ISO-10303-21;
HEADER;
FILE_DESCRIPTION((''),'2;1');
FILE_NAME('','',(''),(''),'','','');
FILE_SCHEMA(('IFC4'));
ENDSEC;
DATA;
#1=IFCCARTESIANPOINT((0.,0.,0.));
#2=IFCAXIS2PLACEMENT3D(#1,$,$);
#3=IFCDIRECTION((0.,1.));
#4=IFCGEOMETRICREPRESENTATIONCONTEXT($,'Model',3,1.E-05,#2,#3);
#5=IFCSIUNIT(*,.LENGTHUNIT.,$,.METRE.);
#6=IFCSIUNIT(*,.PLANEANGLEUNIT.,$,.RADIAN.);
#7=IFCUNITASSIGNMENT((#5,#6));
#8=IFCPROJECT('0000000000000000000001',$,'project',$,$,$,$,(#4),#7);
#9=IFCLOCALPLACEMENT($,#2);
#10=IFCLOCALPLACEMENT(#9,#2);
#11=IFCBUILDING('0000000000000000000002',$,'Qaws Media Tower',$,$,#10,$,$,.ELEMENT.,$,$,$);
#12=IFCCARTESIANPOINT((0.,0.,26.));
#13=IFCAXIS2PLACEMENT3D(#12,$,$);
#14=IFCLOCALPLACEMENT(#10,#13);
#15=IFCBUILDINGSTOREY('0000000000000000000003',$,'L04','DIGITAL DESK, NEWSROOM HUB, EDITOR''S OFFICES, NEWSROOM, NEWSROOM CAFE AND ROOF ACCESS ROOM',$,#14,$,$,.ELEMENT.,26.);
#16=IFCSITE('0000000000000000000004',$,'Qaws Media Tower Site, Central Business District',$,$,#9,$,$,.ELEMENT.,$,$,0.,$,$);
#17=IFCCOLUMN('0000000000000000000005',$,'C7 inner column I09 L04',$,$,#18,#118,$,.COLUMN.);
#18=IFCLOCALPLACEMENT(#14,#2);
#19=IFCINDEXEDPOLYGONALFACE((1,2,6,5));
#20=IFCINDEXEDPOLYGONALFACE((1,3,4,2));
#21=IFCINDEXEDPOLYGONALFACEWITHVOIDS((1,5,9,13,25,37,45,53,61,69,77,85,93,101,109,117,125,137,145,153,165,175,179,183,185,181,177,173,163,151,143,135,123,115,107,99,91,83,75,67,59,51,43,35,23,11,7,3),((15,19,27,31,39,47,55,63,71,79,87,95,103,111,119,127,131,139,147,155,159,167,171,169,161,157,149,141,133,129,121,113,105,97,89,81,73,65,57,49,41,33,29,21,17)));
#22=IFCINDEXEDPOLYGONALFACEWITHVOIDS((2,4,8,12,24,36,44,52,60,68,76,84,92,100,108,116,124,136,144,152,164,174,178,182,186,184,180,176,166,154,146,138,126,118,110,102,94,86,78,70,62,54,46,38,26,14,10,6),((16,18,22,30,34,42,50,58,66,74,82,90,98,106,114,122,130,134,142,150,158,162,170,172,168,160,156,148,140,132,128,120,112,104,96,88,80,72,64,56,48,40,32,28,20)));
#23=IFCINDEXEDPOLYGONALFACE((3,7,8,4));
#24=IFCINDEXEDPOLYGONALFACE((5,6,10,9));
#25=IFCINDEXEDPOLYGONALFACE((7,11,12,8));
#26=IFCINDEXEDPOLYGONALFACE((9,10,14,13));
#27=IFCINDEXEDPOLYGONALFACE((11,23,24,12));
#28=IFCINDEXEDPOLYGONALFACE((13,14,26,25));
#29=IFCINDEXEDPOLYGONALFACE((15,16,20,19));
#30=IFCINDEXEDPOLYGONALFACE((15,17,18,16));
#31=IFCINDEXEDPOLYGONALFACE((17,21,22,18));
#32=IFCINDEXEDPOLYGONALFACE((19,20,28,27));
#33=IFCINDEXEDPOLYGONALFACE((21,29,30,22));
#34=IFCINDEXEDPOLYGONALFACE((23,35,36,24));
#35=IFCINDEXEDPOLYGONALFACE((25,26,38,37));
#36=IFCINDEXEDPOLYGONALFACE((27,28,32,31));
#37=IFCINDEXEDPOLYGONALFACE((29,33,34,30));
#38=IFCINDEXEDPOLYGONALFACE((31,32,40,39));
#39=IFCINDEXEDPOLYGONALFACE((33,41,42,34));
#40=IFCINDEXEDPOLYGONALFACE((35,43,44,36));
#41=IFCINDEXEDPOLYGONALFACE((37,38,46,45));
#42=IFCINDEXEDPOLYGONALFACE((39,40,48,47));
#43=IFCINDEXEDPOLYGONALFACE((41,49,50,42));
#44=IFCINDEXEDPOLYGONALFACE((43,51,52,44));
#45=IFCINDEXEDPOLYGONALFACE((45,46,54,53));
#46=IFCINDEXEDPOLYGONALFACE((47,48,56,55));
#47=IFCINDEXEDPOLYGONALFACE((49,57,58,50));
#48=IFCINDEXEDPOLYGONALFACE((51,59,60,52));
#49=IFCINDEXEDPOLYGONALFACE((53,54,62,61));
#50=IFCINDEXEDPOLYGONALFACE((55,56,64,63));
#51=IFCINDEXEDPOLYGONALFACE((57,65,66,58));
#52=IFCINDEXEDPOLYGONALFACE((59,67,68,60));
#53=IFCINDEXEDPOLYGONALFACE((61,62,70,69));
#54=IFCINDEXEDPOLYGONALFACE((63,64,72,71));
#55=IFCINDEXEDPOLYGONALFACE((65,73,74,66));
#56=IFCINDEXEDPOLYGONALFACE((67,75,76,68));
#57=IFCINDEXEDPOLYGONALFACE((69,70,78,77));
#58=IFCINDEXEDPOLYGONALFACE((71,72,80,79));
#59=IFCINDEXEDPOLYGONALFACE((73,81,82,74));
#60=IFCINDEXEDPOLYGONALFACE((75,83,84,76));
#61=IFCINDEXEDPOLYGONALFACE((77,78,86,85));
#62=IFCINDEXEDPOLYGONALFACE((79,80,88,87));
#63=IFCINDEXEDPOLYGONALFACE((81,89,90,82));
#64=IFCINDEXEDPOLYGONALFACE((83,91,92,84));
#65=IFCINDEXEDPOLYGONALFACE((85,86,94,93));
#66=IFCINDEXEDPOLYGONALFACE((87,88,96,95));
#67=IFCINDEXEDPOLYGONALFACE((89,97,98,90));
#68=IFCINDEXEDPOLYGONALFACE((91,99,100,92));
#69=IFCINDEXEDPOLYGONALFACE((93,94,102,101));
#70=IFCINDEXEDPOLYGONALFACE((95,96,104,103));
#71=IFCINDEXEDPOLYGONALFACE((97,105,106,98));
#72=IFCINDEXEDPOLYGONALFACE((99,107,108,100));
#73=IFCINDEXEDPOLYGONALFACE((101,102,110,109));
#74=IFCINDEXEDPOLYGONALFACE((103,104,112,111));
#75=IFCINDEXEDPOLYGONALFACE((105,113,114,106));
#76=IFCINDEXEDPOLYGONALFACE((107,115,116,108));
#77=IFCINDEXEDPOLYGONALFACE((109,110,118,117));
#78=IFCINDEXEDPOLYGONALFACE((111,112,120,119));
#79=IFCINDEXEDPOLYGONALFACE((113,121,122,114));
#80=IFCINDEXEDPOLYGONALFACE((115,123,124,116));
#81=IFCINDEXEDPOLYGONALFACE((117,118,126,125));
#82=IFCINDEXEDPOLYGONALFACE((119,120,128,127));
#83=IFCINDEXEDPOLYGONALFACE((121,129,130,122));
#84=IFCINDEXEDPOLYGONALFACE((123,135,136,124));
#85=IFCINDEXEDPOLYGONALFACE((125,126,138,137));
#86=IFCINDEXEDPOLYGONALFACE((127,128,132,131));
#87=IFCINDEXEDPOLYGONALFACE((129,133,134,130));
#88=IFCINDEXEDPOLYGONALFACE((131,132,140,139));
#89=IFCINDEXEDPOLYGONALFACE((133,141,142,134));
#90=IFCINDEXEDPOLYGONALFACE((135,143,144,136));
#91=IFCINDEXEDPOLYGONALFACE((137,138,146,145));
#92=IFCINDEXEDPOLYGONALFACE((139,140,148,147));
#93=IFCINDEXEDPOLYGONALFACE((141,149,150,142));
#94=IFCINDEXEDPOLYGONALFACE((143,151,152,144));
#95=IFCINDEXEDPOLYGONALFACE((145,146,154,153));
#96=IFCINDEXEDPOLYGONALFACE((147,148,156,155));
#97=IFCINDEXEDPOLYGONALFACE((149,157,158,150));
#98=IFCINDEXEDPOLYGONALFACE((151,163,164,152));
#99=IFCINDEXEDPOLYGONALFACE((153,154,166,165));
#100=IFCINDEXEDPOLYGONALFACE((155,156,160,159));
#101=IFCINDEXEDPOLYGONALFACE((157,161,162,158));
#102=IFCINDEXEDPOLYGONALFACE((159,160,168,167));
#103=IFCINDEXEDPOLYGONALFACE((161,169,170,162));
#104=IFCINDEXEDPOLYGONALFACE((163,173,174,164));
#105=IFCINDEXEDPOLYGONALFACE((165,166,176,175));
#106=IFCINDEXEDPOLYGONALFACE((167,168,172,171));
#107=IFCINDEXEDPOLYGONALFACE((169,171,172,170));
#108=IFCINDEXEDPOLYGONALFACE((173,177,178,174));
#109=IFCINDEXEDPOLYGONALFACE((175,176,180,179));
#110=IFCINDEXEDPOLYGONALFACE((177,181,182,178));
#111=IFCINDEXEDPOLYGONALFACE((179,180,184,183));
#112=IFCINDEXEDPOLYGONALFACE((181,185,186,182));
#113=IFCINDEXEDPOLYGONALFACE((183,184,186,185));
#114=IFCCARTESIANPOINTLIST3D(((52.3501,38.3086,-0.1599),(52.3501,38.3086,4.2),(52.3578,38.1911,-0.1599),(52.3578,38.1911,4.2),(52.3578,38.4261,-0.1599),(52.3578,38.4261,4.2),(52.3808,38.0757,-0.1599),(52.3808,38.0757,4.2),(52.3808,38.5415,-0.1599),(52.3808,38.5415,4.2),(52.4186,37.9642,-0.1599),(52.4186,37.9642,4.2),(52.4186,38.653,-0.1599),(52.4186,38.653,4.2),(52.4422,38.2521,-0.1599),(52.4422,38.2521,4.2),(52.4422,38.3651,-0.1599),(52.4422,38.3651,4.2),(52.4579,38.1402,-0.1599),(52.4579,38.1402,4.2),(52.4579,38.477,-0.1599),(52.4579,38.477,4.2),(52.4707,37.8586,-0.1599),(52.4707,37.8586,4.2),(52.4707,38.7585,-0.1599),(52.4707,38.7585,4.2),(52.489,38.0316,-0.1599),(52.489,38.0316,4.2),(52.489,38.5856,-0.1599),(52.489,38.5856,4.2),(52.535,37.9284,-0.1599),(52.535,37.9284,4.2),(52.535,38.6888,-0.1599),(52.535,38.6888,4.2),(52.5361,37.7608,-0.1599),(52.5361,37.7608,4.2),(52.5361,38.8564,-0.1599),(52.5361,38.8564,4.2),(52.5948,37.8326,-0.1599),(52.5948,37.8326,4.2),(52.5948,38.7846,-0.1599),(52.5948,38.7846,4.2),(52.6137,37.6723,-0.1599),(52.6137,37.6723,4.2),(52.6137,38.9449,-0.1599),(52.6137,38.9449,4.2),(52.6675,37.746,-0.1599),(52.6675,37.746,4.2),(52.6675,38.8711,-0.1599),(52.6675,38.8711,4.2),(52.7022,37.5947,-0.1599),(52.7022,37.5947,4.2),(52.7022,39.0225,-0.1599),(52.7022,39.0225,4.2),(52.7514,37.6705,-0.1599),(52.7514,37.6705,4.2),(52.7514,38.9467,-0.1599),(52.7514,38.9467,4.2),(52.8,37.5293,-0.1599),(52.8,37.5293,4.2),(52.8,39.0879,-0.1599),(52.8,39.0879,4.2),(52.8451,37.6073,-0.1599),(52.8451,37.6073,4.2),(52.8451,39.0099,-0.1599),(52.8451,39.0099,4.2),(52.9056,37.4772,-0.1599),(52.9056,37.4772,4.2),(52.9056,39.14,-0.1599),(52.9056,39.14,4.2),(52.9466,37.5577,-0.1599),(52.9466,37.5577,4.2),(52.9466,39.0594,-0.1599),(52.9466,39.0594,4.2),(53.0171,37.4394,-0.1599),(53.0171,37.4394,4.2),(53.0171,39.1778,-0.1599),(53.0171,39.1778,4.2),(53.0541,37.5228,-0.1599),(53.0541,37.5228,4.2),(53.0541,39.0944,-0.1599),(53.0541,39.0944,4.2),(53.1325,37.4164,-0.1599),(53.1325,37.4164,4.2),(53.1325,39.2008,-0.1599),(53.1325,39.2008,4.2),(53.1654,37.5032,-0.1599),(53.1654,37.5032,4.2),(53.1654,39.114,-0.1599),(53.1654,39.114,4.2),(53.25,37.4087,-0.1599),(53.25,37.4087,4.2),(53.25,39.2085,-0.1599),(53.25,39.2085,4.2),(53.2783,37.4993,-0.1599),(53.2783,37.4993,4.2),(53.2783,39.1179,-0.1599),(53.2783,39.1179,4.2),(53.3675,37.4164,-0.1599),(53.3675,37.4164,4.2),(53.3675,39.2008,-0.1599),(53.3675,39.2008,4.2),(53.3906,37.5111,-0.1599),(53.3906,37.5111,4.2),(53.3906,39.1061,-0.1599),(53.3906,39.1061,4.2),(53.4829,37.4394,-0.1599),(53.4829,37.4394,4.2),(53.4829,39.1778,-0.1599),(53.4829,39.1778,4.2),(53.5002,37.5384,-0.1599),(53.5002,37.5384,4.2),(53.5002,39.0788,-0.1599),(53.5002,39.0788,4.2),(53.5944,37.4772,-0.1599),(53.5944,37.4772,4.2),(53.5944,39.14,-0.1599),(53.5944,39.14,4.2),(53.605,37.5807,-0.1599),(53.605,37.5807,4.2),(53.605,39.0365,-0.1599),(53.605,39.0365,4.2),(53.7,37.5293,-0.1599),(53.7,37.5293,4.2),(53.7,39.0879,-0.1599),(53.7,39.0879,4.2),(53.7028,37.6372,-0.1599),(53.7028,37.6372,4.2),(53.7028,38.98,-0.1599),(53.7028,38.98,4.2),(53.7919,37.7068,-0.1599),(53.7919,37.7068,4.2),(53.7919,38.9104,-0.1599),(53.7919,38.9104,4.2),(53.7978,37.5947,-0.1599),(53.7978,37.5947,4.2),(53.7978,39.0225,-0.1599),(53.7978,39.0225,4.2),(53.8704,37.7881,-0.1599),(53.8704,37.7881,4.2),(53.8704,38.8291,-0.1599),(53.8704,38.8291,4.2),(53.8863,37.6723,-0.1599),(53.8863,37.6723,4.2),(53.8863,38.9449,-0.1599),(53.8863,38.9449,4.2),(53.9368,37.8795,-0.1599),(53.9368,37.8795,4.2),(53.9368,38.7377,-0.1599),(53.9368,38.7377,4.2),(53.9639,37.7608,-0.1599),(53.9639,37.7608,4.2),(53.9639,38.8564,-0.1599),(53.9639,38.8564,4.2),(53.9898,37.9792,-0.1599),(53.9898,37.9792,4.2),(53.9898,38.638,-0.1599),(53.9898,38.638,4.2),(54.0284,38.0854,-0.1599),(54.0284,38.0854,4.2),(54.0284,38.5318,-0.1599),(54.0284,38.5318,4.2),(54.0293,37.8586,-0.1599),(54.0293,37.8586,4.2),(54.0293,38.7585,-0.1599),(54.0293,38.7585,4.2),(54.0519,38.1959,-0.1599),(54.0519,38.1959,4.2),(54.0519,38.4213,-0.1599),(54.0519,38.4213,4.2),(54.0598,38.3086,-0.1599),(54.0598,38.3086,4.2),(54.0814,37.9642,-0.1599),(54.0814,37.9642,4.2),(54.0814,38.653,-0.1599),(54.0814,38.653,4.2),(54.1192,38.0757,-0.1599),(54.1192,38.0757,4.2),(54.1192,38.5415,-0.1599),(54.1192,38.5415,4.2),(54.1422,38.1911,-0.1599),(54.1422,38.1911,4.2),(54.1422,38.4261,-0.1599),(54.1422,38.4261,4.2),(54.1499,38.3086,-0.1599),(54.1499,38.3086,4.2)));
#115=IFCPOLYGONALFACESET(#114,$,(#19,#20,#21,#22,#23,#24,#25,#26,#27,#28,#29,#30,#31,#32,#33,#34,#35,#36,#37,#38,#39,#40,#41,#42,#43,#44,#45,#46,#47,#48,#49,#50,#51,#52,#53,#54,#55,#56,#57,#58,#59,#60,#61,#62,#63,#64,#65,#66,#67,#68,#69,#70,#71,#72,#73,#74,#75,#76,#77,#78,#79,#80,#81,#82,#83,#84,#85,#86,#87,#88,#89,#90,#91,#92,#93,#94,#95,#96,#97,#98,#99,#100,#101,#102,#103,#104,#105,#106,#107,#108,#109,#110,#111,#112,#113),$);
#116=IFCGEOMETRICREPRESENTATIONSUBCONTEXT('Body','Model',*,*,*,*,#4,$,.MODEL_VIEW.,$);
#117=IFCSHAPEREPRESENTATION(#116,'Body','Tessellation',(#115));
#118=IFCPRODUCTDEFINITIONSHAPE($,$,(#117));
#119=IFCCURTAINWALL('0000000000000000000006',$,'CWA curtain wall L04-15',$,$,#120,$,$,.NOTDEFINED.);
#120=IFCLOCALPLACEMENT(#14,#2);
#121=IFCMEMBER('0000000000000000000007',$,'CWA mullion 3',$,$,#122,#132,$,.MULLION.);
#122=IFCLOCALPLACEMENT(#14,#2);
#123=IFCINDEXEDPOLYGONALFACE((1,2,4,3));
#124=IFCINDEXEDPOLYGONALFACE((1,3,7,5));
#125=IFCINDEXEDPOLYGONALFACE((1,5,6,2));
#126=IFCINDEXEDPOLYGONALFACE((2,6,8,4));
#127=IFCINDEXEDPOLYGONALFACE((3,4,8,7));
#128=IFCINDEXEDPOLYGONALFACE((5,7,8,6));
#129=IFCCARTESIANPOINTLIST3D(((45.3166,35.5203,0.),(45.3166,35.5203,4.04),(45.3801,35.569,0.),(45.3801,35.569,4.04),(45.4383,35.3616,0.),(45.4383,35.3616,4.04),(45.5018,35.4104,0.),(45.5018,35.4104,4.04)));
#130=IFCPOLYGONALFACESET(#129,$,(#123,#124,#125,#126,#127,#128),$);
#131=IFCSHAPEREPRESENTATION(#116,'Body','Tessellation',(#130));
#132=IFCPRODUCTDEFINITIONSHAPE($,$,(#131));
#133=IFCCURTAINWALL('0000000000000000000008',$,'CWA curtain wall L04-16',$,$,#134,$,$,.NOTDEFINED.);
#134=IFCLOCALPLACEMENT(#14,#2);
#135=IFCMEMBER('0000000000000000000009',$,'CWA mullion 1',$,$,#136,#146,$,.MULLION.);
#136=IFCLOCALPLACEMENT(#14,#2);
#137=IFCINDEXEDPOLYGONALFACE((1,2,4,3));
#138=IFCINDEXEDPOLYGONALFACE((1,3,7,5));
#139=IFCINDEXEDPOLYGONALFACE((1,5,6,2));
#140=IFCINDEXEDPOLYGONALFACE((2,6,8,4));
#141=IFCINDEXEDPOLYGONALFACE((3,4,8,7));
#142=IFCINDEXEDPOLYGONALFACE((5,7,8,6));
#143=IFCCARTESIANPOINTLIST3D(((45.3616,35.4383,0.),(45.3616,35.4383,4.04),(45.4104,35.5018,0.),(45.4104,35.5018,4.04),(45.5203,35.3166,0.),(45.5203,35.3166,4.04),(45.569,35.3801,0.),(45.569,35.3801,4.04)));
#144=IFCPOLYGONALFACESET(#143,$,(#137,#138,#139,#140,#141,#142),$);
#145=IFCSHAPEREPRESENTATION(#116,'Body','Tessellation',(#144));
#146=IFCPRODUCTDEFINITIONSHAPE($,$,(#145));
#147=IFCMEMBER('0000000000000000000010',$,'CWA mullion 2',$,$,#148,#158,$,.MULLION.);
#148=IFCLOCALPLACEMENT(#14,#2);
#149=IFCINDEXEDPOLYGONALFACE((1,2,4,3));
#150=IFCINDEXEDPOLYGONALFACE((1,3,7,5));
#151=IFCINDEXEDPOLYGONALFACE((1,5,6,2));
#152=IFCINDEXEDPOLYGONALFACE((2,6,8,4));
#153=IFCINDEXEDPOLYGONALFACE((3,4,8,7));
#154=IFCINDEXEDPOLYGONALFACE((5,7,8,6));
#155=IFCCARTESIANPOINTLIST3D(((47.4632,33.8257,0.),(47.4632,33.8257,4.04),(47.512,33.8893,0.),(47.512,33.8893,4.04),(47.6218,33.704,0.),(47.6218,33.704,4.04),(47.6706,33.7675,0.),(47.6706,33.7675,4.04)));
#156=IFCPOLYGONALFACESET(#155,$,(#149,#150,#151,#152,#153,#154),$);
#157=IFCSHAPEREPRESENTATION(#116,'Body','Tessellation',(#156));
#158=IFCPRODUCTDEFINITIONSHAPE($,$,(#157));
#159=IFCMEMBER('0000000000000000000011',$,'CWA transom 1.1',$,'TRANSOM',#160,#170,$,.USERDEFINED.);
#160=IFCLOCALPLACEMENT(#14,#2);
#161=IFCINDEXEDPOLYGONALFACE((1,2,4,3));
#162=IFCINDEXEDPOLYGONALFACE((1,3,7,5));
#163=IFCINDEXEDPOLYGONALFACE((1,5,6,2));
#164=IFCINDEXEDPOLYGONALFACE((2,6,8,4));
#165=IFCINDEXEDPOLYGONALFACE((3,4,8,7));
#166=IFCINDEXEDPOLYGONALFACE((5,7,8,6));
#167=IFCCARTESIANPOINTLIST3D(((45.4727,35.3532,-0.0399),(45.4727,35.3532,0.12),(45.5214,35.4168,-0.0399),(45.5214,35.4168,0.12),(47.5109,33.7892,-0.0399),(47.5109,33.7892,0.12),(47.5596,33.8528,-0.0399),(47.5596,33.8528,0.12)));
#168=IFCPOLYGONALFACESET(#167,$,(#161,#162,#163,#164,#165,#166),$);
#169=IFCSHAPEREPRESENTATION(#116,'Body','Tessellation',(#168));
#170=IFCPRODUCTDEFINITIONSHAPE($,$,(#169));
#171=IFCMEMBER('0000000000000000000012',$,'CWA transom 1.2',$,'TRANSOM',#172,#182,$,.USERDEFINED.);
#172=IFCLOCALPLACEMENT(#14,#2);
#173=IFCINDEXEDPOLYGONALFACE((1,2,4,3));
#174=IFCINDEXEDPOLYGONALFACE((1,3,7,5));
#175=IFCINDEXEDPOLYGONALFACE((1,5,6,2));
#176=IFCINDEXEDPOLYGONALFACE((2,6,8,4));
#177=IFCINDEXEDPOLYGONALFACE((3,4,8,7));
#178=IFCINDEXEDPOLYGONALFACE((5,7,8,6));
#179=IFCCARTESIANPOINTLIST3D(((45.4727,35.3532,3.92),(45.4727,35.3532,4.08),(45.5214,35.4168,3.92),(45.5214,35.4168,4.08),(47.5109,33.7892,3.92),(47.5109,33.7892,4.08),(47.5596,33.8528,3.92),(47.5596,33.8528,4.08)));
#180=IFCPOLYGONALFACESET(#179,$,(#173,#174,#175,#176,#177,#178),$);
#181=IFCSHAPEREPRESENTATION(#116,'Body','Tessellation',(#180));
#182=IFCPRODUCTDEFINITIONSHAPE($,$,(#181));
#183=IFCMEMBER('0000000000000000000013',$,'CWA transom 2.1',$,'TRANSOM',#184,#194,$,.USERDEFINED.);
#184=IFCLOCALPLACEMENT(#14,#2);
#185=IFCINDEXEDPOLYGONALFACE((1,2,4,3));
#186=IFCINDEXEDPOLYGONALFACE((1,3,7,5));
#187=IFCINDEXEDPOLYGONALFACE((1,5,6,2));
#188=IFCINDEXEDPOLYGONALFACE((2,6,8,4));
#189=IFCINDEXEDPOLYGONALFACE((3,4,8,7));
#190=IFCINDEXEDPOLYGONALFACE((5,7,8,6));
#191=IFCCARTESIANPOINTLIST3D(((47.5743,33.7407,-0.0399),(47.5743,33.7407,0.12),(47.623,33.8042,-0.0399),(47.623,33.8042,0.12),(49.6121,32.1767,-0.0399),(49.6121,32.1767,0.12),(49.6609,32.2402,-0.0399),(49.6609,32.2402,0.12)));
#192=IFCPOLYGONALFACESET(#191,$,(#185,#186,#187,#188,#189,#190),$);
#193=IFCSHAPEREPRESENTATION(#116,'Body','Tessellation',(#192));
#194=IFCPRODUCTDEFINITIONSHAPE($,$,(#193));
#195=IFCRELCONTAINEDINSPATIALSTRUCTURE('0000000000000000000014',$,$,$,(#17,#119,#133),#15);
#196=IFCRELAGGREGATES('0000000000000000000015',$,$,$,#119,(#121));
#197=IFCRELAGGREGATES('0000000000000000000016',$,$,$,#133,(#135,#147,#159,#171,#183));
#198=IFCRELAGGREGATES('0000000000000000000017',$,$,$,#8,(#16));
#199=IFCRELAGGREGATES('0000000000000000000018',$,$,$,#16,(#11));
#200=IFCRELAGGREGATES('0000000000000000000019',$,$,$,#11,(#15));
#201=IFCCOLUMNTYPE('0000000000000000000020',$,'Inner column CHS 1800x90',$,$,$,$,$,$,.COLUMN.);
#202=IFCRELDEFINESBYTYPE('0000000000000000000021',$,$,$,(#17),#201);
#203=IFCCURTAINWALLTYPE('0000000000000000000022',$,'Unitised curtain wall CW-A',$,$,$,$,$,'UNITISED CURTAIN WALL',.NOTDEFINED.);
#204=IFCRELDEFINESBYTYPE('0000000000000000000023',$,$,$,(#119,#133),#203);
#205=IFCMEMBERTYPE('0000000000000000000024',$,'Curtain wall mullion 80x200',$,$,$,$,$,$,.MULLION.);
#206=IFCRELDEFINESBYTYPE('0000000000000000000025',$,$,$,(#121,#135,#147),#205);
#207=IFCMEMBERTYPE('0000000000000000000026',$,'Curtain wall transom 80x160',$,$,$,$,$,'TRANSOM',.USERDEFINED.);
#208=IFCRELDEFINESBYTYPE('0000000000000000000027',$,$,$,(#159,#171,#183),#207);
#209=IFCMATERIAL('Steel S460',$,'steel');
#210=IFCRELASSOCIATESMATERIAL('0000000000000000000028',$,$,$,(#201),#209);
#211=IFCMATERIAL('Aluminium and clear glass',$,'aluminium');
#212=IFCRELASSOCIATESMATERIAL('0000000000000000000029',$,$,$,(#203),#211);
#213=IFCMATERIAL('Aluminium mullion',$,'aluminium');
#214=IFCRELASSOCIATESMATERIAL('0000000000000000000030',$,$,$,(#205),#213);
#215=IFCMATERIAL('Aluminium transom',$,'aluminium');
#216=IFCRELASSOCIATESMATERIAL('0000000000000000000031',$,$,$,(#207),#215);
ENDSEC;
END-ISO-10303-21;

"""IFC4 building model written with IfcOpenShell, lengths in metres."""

from ifc_helpers import new_model, si_unit, direction, frame, origin, origin_2d, place, context, subcontext, project, spatial, rectangle, hollow_circle, extrude, material, material_profile, profile_set, type_object, element, aggregate, save


model = new_model("IFC4")

# Units and contexts
model_context = context("Model", 3, precision=1e-05, world=origin(), true_north=direction((0.0, 1.0)))
body_context = subcontext(model_context, "Body", "Model", "MODEL_VIEW")
ifc_project = project(units=[si_unit("LENGTHUNIT", "METRE"), si_unit("PLANEANGLEUNIT", "RADIAN")], contexts=[model_context])

# Site, building, storey
site_placement = place(None, origin())
site = spatial("IfcSite", under=ifc_project, at=site_placement, Name="Qaws Media Tower Site, Central Business District", CompositionType="ELEMENT", RefElevation=0.0)
building_placement = place(site_placement, origin())
building = spatial("IfcBuilding", under=site, at=building_placement, Name="Qaws Media Tower", CompositionType="ELEMENT")
storey_placement = place(building_placement, frame((0.0, 0.0, 26.0)))
storey = spatial("IfcBuildingStorey", under=building, at=storey_placement, Name="L04", Description="DIGITAL DESK, NEWSROOM HUB, EDITOR'S OFFICES, NEWSROOM, NEWSROOM CAFE AND ROOF ACCESS ROOM", CompositionType="ELEMENT", Elevation=26.0)

# Column
ifc_material_1 = material(Name="Steel S460", Category="steel")
ifc_material_profile_1 = material_profile(ifc_material_1, hollow_circle(Radius=0.8999, WallThickness=0.0901, at=origin_2d()), Name="CHS 1800x90")
ifc_profile_set_1 = profile_set([ifc_material_profile_1], Name="Steel S460")
column_type = type_object("IfcColumnType", Name="Inner column CHS 1800x90", PredefinedType="COLUMN", material=ifc_profile_set_1)
for number, where, z_axis, x_axis, name in (
    (1, (53.25, 38.3086, -0.1599), (0.0, 0.0, 1.0), (1.0, 0.0, 0.0), "C7 inner column I09 L04"),
):
    element("IfcColumn", number, at=place(storey_placement, frame(where, z_axis=z_axis, x_axis=x_axis)), inside=storey, type_object=column_type, Name=name, PredefinedType="COLUMN", context=body_context, shape_type="SweptSolid", body=[
        extrude(hollow_circle(Radius=0.8999, WallThickness=0.0901, at=origin_2d()), origin(), (0.0, 0.0, 1.0), 4.3599),
    ])

# Curtain wall, member
ifc_material_2 = material(Name="Aluminium and clear glass", Category="aluminium")
curtain_wall_type = type_object("IfcCurtainWallType", Name="Unitised curtain wall CW-A", ElementType="UNITISED CURTAIN WALL", PredefinedType="NOTDEFINED", material=ifc_material_2)
curtain_wall_1_placement = place(storey_placement, origin())
curtain_wall_1 = element("IfcCurtainWall", 2, at=curtain_wall_1_placement, inside=storey, type_object=curtain_wall_type, Name="CWA curtain wall L04-15", PredefinedType="NOTDEFINED")
ifc_material_3 = material(Name="Aluminium mullion", Category="aluminium")
ifc_material_profile_2 = material_profile(ifc_material_3, rectangle(XDim=0.0801, YDim=0.2, at=origin_2d()), Name="80x200")
ifc_profile_set_2 = profile_set([ifc_material_profile_2], Name="Aluminium mullion")
member_type_1 = type_object("IfcMemberType", Name="Curtain wall mullion 80x200", PredefinedType="MULLION", material=ifc_profile_set_2)
member_1_placement = place(storey_placement, frame((45.4092, 35.4653, 0.0), z_axis=(0.0, 0.0, 1.0), x_axis=(0.793353, 0.608761, 0.0)))
member_1 = element("IfcMember", 3, at=member_1_placement, type_object=member_type_1, Name="CWA mullion 3", PredefinedType="MULLION", context=body_context, shape_type="SweptSolid", body=[
    extrude(rectangle(XDim=0.0801, YDim=0.2, at=origin_2d()), origin(), (0.0, 0.0, 1.0), 4.04),
])
aggregate(curtain_wall_1, [member_1])

# Curtain wall, members
curtain_wall_2_placement = place(storey_placement, origin())
curtain_wall_2 = element("IfcCurtainWall", 4, at=curtain_wall_2_placement, inside=storey, type_object=curtain_wall_type, Name="CWA curtain wall L04-16", PredefinedType="NOTDEFINED")
member_2_placement = place(storey_placement, frame((45.4653, 35.4092, 0.0), z_axis=(0.0, 0.0, 1.0), x_axis=(0.608761, 0.793353, 0.0)))
member_2 = element("IfcMember", 5, at=member_2_placement, type_object=member_type_1, Name="CWA mullion 1", PredefinedType="MULLION", context=body_context, shape_type="SweptSolid", body=[
    extrude(rectangle(XDim=0.0801, YDim=0.2, at=origin_2d()), origin(), (0.0, 0.0, 1.0), 4.04),
])
member_3_placement = place(storey_placement, frame((47.5669, 33.7966, 0.0), z_axis=(0.0, 0.0, 1.0), x_axis=(0.608761, 0.793353, 0.0)))
member_3 = element("IfcMember", 6, at=member_3_placement, type_object=member_type_1, Name="CWA mullion 2", PredefinedType="MULLION", context=body_context, shape_type="SweptSolid", body=[
    extrude(rectangle(XDim=0.0801, YDim=0.2, at=origin_2d()), origin(), (0.0, 0.0, 1.0), 4.04),
])
ifc_material_4 = material(Name="Aluminium transom", Category="aluminium")
ifc_material_profile_3 = material_profile(ifc_material_4, rectangle(XDim=0.0801, YDim=0.1599, at=origin_2d()), Name="80x160")
ifc_profile_set_3 = profile_set([ifc_material_profile_3], Name="Aluminium transom")
member_type_2 = type_object("IfcMemberType", Name="Curtain wall transom 80x160", ElementType="TRANSOM", PredefinedType="USERDEFINED", material=ifc_profile_set_3)
member_4_placement = place(storey_placement, frame((45.4971, 35.385, 0.04), z_axis=(0.793337, -0.608783, 0.0), x_axis=(0.608783, 0.793337, 0.0)))
member_4 = element("IfcMember", 7, at=member_4_placement, type_object=member_type_2, Name="CWA transom 1.1", ObjectType="TRANSOM", PredefinedType="USERDEFINED", context=body_context, shape_type="SweptSolid", body=[
    extrude(rectangle(XDim=0.0801, YDim=0.1599, at=origin_2d()), origin(), (0.0, 0.0, 1.0), 2.5691),
])
member_5_placement = place(storey_placement, frame((45.4971, 35.385, 4.0), z_axis=(0.793337, -0.608783, 0.0), x_axis=(0.608783, 0.793337, 0.0)))
member_5 = element("IfcMember", 8, at=member_5_placement, type_object=member_type_2, Name="CWA transom 1.2", ObjectType="TRANSOM", PredefinedType="USERDEFINED", context=body_context, shape_type="SweptSolid", body=[
    extrude(rectangle(XDim=0.0801, YDim=0.1599, at=origin_2d()), origin(), (0.0, 0.0, 1.0), 2.5691),
])
member_6_placement = place(storey_placement, frame((47.5986, 33.7725, 0.04), z_axis=(0.793302, -0.608829, 0.0), x_axis=(0.608829, 0.793302, 0.0)))
member_6 = element("IfcMember", 9, at=member_6_placement, type_object=member_type_2, Name="CWA transom 2.1", ObjectType="TRANSOM", PredefinedType="USERDEFINED", context=body_context, shape_type="SweptSolid", body=[
    extrude(rectangle(XDim=0.0801, YDim=0.1599, at=origin_2d()), origin(), (0.0, 0.0, 1.0), 2.5688),
])

aggregate(curtain_wall_2, [member_2, member_3, member_4, member_5, member_6])

save(model, "model.ifc")
